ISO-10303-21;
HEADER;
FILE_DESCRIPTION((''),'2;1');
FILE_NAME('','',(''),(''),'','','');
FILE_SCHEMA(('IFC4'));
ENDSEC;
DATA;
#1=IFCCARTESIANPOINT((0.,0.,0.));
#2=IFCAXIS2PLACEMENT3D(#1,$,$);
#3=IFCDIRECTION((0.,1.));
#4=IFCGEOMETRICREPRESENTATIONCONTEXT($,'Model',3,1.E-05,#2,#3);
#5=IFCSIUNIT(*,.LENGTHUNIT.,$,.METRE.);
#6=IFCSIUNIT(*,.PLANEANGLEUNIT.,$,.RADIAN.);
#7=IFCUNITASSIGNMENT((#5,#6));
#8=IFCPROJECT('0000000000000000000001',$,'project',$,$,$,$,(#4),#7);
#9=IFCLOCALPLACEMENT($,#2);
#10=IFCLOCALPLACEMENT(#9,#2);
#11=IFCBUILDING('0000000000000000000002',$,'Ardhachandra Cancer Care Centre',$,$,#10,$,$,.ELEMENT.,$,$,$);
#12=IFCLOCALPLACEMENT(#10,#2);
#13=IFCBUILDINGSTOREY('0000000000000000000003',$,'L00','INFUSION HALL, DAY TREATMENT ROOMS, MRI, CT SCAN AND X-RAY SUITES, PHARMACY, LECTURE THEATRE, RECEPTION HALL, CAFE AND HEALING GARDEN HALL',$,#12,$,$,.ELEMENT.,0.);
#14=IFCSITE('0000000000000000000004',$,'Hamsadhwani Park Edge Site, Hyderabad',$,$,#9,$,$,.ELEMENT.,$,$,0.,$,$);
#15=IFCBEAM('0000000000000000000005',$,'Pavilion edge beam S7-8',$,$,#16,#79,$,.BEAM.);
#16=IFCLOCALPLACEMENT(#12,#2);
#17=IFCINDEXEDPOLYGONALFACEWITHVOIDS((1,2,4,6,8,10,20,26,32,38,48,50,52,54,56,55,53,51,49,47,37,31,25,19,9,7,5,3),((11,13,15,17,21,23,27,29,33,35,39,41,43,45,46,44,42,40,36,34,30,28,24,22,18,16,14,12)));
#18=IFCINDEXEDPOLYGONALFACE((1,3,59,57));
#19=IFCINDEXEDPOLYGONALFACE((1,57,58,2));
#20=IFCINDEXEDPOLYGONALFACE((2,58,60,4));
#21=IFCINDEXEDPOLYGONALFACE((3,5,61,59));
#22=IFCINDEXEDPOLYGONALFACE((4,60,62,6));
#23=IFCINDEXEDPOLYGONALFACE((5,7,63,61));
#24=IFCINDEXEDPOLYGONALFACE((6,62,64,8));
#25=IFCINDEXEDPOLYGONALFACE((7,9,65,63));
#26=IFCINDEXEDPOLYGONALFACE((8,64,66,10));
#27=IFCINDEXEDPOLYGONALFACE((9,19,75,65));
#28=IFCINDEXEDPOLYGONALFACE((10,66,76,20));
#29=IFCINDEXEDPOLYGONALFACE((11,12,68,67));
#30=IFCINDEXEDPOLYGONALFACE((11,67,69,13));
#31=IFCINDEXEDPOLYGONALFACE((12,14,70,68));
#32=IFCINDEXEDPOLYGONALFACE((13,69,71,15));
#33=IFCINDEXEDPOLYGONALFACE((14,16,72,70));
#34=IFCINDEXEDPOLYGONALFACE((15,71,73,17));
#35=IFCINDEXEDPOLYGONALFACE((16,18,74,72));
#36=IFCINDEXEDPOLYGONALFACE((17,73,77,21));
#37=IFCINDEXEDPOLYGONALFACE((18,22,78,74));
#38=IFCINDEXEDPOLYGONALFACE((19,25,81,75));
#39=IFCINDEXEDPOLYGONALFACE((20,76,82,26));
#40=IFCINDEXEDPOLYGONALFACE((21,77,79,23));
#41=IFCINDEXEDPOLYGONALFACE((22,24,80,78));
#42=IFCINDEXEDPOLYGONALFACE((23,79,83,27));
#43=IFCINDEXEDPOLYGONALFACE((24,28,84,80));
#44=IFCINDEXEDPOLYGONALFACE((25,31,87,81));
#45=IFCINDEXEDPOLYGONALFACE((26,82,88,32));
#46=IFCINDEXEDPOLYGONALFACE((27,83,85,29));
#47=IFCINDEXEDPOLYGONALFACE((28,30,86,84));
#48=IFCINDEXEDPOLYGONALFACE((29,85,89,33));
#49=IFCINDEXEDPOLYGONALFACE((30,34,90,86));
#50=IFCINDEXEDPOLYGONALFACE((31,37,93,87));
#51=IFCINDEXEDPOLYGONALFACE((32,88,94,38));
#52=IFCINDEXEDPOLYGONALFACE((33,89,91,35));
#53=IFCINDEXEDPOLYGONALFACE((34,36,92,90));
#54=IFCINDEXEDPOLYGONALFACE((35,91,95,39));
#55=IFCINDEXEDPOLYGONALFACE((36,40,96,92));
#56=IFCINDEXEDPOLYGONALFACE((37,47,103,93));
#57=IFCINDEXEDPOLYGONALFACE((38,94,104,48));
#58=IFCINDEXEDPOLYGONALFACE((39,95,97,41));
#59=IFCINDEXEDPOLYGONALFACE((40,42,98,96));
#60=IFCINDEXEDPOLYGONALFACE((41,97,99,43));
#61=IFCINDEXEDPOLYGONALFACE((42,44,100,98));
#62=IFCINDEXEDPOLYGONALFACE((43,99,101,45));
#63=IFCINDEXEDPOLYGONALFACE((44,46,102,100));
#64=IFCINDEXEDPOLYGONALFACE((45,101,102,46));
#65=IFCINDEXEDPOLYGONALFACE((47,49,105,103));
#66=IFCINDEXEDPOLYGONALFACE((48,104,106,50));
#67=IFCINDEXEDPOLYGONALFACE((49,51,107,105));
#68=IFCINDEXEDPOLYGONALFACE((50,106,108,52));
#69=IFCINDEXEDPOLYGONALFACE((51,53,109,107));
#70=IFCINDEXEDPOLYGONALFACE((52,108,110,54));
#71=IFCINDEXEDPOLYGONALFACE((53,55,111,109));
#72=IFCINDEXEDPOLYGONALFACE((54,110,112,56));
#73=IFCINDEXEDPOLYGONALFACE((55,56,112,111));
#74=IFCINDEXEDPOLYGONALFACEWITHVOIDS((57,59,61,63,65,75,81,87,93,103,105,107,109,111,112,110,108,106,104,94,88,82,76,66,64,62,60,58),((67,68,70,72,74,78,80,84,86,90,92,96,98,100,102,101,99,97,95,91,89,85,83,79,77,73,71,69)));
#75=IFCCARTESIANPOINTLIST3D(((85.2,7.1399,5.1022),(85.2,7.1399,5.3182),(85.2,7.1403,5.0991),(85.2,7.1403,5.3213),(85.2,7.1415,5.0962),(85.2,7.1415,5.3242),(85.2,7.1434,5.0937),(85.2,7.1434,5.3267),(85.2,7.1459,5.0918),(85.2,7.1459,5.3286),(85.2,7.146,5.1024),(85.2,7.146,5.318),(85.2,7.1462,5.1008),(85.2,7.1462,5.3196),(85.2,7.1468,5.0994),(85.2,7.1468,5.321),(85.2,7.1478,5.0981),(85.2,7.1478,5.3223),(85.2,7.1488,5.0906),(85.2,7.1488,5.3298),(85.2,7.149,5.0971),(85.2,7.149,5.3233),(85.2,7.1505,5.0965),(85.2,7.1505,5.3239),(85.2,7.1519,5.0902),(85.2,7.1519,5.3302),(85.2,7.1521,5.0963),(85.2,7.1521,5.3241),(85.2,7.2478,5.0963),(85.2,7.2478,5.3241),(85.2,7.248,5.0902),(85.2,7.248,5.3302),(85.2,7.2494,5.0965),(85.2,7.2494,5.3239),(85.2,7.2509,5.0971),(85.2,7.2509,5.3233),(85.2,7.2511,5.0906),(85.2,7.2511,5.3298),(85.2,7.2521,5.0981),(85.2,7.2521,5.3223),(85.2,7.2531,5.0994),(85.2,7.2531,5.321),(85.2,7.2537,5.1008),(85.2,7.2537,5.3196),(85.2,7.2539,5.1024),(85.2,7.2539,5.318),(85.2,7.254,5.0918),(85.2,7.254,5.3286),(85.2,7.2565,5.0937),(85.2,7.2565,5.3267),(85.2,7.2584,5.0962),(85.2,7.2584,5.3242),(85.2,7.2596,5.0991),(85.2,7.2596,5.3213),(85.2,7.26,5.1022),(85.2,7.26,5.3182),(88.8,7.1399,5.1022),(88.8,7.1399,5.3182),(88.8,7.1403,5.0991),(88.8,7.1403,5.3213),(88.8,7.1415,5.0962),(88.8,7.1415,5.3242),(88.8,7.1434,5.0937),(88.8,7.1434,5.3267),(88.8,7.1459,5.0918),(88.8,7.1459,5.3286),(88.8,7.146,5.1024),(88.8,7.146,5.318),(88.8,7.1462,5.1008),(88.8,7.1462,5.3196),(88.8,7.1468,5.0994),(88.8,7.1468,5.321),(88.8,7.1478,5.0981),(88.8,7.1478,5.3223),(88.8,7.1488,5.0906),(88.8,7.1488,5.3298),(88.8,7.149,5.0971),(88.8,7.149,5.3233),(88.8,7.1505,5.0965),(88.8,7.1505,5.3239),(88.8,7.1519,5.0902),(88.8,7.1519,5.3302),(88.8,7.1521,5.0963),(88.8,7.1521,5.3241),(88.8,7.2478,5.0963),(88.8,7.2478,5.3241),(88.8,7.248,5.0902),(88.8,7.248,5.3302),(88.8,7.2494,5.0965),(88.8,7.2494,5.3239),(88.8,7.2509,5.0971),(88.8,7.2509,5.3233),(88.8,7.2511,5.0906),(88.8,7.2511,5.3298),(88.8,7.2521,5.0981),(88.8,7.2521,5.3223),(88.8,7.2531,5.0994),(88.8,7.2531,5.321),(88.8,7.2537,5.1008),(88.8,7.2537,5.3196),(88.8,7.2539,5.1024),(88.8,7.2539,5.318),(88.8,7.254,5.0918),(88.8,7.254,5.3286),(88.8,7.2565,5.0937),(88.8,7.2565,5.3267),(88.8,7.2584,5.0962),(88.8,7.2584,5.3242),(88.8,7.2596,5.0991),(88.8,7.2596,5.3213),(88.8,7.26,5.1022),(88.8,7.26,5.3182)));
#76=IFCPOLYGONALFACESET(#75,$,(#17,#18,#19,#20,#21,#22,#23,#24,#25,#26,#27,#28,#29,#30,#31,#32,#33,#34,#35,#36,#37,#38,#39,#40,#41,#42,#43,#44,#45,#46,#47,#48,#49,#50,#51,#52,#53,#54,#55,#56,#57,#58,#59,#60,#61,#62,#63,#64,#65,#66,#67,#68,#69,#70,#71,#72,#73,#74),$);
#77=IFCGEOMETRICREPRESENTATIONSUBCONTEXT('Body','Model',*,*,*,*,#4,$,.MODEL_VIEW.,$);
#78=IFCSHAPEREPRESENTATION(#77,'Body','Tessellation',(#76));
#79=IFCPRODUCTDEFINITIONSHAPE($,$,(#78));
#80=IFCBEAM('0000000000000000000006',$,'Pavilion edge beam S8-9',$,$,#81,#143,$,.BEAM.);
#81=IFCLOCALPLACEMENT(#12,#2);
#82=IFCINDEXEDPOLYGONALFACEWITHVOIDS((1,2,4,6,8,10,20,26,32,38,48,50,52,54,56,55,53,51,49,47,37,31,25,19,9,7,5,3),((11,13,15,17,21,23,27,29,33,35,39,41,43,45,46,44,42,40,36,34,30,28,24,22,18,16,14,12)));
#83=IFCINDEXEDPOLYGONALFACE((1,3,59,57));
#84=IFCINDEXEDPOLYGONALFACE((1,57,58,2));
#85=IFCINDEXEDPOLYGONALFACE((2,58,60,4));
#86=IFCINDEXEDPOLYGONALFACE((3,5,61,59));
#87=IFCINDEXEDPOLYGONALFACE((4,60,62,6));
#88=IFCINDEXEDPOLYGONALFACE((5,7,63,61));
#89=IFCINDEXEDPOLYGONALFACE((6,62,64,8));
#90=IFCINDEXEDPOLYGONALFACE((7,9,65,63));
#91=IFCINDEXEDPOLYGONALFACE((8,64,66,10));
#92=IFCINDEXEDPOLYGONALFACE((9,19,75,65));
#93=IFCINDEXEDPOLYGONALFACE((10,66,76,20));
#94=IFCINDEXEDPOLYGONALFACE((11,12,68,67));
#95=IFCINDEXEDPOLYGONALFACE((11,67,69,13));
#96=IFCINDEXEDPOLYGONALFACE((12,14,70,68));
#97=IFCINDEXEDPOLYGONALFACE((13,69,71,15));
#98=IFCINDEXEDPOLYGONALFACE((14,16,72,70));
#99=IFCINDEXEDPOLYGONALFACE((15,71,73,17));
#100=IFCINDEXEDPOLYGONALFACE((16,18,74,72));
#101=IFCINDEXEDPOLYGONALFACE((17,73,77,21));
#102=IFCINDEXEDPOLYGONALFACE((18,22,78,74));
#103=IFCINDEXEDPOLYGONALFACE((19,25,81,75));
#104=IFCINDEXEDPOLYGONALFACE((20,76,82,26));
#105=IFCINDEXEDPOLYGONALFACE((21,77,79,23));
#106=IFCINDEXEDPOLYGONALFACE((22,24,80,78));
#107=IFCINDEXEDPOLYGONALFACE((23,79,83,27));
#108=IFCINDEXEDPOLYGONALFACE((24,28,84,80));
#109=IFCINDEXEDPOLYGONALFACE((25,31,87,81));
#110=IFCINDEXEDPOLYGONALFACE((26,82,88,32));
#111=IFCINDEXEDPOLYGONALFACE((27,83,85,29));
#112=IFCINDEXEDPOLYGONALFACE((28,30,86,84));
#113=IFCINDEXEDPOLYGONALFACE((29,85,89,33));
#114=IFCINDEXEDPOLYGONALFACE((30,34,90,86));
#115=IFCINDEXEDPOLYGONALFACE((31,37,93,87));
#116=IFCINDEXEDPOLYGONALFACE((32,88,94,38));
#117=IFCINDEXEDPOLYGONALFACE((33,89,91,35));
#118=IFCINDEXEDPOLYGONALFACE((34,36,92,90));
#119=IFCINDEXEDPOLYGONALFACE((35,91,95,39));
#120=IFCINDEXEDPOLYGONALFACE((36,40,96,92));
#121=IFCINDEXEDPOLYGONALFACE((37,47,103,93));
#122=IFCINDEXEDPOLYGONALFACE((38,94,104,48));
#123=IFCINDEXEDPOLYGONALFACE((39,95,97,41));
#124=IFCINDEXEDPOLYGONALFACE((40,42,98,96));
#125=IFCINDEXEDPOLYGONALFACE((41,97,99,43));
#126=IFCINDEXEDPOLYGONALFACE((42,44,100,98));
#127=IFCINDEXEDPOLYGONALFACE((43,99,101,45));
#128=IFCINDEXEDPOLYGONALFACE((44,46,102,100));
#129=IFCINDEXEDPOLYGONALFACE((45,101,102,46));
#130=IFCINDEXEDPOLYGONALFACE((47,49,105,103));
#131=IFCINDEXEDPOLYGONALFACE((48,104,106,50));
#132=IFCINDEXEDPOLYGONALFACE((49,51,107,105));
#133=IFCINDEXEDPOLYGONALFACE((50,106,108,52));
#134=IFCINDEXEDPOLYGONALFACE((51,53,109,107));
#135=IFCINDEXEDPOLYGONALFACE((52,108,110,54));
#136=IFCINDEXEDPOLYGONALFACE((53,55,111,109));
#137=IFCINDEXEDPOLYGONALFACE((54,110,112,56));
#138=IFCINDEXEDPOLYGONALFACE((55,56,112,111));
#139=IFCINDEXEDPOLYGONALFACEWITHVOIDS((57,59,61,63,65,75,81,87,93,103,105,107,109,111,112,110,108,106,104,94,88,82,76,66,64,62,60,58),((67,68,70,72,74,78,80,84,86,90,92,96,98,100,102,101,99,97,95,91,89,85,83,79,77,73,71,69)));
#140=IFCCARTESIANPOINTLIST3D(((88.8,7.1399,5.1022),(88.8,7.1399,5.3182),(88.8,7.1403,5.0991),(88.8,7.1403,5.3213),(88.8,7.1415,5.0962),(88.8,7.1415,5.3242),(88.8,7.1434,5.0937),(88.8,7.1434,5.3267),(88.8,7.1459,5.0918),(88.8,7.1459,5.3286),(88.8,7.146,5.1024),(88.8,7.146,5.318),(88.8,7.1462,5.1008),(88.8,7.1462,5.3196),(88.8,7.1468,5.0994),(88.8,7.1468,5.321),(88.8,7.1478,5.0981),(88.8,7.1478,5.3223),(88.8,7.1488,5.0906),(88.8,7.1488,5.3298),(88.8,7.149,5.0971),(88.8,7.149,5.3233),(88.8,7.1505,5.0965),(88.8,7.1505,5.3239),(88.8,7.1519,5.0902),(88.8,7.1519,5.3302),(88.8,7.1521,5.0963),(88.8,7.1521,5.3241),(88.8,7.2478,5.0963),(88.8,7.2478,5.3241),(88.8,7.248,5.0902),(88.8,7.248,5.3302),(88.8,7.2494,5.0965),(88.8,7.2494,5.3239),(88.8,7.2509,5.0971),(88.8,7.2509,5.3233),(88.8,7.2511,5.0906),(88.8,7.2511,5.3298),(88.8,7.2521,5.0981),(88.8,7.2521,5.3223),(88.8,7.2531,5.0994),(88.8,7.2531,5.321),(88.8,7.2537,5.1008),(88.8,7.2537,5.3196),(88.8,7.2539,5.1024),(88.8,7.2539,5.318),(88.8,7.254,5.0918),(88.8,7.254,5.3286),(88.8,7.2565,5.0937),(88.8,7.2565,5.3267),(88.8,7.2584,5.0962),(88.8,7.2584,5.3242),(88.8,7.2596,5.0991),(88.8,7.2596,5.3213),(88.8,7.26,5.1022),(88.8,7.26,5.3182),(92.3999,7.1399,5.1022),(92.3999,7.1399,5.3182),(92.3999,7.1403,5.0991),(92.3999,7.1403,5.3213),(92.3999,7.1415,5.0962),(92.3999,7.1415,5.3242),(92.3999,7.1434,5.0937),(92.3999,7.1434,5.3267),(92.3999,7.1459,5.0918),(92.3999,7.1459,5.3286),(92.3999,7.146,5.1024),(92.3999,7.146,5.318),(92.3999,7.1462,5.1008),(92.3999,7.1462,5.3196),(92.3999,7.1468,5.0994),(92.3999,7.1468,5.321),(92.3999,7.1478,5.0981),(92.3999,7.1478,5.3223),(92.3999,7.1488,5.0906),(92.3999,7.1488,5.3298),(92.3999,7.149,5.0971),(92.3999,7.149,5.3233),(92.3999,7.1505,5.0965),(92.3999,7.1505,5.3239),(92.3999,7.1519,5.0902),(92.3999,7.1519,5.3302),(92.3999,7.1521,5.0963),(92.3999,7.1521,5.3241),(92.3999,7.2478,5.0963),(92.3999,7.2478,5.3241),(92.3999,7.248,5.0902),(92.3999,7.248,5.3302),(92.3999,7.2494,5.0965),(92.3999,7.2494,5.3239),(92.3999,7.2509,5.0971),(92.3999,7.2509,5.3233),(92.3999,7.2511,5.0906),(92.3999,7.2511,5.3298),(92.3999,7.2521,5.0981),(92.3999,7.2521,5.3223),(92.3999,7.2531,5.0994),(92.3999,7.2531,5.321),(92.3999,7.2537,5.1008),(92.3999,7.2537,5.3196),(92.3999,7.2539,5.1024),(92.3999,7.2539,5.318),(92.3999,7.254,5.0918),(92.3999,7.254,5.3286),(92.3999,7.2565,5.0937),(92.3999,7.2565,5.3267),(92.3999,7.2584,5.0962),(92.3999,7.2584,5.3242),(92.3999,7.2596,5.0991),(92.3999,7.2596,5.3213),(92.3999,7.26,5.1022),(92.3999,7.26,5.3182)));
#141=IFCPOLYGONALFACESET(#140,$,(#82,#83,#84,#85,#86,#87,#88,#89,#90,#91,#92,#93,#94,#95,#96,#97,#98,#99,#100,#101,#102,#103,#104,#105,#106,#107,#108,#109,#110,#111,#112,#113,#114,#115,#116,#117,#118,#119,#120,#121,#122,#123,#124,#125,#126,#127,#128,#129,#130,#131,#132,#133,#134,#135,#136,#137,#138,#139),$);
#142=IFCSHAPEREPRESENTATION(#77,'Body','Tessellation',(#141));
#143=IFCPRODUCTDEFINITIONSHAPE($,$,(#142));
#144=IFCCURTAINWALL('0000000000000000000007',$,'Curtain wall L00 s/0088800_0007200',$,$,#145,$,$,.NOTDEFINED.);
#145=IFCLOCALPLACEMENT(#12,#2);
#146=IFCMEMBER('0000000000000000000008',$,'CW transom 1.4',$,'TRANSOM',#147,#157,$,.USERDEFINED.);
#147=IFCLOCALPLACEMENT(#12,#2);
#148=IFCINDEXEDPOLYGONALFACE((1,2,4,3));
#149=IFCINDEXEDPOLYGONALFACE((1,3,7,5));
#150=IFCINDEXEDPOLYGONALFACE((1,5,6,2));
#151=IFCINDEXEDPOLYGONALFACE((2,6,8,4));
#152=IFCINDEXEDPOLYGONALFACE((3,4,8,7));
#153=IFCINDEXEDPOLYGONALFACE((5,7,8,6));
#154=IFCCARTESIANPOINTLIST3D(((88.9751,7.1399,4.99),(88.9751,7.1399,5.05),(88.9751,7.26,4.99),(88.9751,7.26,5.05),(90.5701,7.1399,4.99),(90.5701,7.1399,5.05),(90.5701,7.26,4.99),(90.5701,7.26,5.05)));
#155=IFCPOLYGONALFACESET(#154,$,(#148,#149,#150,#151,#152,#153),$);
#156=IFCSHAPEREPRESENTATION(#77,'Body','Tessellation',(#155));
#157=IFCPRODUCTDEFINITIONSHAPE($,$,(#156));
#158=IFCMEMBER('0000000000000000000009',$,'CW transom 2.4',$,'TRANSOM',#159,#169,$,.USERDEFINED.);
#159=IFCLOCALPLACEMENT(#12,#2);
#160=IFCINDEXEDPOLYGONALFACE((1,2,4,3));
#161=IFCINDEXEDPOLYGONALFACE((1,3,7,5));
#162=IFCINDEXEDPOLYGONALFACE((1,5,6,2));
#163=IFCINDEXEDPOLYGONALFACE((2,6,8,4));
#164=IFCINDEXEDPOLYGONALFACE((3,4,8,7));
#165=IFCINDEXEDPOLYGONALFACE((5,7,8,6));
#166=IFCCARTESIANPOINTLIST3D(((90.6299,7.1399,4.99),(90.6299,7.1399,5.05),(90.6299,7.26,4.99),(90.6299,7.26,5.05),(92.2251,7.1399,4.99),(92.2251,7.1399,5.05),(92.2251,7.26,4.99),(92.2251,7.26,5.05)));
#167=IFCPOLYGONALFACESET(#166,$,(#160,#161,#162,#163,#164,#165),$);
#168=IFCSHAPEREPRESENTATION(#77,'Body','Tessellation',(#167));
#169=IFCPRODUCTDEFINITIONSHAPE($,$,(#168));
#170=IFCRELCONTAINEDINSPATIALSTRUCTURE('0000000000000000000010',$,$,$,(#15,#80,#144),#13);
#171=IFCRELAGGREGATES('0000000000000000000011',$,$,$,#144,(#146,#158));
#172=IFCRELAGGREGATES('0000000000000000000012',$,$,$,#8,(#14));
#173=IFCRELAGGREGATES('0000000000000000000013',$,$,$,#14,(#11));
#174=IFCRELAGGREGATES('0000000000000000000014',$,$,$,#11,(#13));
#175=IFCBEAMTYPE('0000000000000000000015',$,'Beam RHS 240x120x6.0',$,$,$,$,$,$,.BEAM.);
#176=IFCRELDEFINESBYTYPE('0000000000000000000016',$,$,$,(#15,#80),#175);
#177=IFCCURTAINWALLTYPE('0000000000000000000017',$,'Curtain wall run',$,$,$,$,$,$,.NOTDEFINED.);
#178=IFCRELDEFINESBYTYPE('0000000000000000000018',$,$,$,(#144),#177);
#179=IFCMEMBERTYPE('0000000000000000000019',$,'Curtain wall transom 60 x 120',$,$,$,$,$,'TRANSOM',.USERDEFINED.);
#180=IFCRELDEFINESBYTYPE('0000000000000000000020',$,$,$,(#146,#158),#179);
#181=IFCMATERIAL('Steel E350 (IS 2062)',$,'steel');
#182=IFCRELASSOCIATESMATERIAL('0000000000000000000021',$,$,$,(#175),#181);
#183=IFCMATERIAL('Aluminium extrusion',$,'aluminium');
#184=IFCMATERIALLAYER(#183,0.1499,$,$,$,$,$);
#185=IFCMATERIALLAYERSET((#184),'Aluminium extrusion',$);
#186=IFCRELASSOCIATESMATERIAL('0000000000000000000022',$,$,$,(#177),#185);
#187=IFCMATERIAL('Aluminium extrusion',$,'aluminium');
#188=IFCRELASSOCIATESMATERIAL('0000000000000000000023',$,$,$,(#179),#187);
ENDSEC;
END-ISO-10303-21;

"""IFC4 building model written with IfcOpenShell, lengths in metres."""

from ifc_helpers import new_model, si_unit, direction, frame, origin, origin_2d, place, context, subcontext, project, spatial, rectangle, hollow_rectangle, extrude, material, layer, layer_set, material_profile, profile_set, type_object, element, aggregate, save


model = new_model("IFC4")

# Units and contexts
model_context = context("Model", 3, precision=1e-05, world=origin(), true_north=direction((0.0, 1.0)))
body_context = subcontext(model_context, "Body", "Model", "MODEL_VIEW")
ifc_project = project(units=[si_unit("LENGTHUNIT", "METRE"), si_unit("PLANEANGLEUNIT", "RADIAN")], contexts=[model_context])

# Site, building, storey
site_placement = place(None, origin())
site = spatial("IfcSite", under=ifc_project, at=site_placement, Name="Hamsadhwani Park Edge Site, Hyderabad", CompositionType="ELEMENT", RefElevation=0.0)
building_placement = place(site_placement, origin())
building = spatial("IfcBuilding", under=site, at=building_placement, Name="Ardhachandra Cancer Care Centre", CompositionType="ELEMENT")
storey_placement = place(building_placement, origin())
storey = spatial("IfcBuildingStorey", under=building, at=storey_placement, Name="L00", Description="INFUSION HALL, DAY TREATMENT ROOMS, MRI, CT SCAN AND X-RAY SUITES, PHARMACY, LECTURE THEATRE, RECEPTION HALL, CAFE AND HEALING GARDEN HALL", CompositionType="ELEMENT", Elevation=0.0)

# Beams
ifc_material_1 = material(Name="Steel E350 (IS 2062)", Category="steel")
ifc_material_profile_1 = material_profile(ifc_material_1, hollow_rectangle(XDim=0.1201, YDim=0.24, WallThickness=0.0061, InnerFilletRadius=0.0061, OuterFilletRadius=0.012, at=origin_2d()), Name="RHS 240x120x6.0")
ifc_profile_set_1 = profile_set([ifc_material_profile_1], Name="Steel E350 (IS 2062)")
beam_type = type_object("IfcBeamType", Name="Beam RHS 240x120x6.0", PredefinedType="BEAM", material=ifc_profile_set_1)
beam_1_placement = place(storey_placement, frame((85.2, 7.2, 5.2102), z_axis=(1.0, 0.0, 0.0), x_axis=(0.0, 1.0, 0.0)))
element("IfcBeam", 1, at=beam_1_placement, inside=storey, type_object=beam_type, Name="Pavilion edge beam S7-8", PredefinedType="BEAM", context=body_context, shape_type="SweptSolid", body=[
    extrude(hollow_rectangle(XDim=0.1201, YDim=0.24, WallThickness=0.0061, InnerFilletRadius=0.0061, OuterFilletRadius=0.012, at=origin_2d()), origin(), (0.0, 0.0, 1.0), 3.6001),
])
beam_2_placement = place(storey_placement, frame((88.8, 7.2, 5.2102), z_axis=(1.0, 0.0, 0.0), x_axis=(0.0, 1.0, 0.0)))
element("IfcBeam", 2, at=beam_2_placement, inside=storey, type_object=beam_type, Name="Pavilion edge beam S8-9", PredefinedType="BEAM", context=body_context, shape_type="SweptSolid", body=[
    extrude(hollow_rectangle(XDim=0.1201, YDim=0.24, WallThickness=0.0061, InnerFilletRadius=0.0061, OuterFilletRadius=0.012, at=origin_2d()), origin(), (0.0, 0.0, 1.0), 3.5999),
])

# Curtain wall, members
ifc_material_2 = material(Name="Aluminium extrusion", Category="aluminium")
ifc_layer_1 = layer(ifc_material_2, 0.1499)
ifc_layer_set_1 = layer_set([ifc_layer_1], Name="Aluminium extrusion")
curtain_wall_type = type_object("IfcCurtainWallType", Name="Curtain wall run", PredefinedType="NOTDEFINED", material=ifc_layer_set_1)
curtain_wall_placement = place(storey_placement, origin())
curtain_wall = element("IfcCurtainWall", 3, at=curtain_wall_placement, inside=storey, type_object=curtain_wall_type, Name="Curtain wall L00 s/0088800_0007200", PredefinedType="NOTDEFINED")
ifc_material_3 = material(Name="Aluminium extrusion", Category="aluminium")
ifc_material_profile_2 = material_profile(ifc_material_3, rectangle(XDim=0.1201, YDim=0.0601, at=origin_2d()), Name="Curtain wall transom 60 x 120")
ifc_profile_set_2 = profile_set([ifc_material_profile_2], Name="Aluminium extrusion")
member_type_1 = type_object("IfcMemberType", Name="Curtain wall transom 60 x 120", ElementType="TRANSOM", PredefinedType="USERDEFINED", material=ifc_profile_set_2)
member_1_placement = place(storey_placement, frame((88.9751, 7.2, 5.02), z_axis=(1.0, 0.0, 0.0), x_axis=(0.0, 1.0, 0.0)))
member_1 = element("IfcMember", 4, at=member_1_placement, type_object=member_type_1, Name="CW transom 1.4", ObjectType="TRANSOM", PredefinedType="USERDEFINED", context=body_context, shape_type="SweptSolid", body=[
    extrude(rectangle(XDim=0.1201, YDim=0.0601, at=origin_2d()), origin(), (0.0, 0.0, 1.0), 1.595),
])
member_2_placement = place(storey_placement, frame((90.6299, 7.2, 5.02), z_axis=(1.0, 0.0, 0.0), x_axis=(0.0, 1.0, 0.0)))
member_2 = element("IfcMember", 5, at=member_2_placement, type_object=member_type_1, Name="CW transom 2.4", ObjectType="TRANSOM", PredefinedType="USERDEFINED", context=body_context, shape_type="SweptSolid", body=[
    extrude(rectangle(XDim=0.1201, YDim=0.0601, at=origin_2d()), origin(), (0.0, 0.0, 1.0), 1.5952),
])

aggregate(curtain_wall, [member_1, member_2])

save(model, "model.ifc")
